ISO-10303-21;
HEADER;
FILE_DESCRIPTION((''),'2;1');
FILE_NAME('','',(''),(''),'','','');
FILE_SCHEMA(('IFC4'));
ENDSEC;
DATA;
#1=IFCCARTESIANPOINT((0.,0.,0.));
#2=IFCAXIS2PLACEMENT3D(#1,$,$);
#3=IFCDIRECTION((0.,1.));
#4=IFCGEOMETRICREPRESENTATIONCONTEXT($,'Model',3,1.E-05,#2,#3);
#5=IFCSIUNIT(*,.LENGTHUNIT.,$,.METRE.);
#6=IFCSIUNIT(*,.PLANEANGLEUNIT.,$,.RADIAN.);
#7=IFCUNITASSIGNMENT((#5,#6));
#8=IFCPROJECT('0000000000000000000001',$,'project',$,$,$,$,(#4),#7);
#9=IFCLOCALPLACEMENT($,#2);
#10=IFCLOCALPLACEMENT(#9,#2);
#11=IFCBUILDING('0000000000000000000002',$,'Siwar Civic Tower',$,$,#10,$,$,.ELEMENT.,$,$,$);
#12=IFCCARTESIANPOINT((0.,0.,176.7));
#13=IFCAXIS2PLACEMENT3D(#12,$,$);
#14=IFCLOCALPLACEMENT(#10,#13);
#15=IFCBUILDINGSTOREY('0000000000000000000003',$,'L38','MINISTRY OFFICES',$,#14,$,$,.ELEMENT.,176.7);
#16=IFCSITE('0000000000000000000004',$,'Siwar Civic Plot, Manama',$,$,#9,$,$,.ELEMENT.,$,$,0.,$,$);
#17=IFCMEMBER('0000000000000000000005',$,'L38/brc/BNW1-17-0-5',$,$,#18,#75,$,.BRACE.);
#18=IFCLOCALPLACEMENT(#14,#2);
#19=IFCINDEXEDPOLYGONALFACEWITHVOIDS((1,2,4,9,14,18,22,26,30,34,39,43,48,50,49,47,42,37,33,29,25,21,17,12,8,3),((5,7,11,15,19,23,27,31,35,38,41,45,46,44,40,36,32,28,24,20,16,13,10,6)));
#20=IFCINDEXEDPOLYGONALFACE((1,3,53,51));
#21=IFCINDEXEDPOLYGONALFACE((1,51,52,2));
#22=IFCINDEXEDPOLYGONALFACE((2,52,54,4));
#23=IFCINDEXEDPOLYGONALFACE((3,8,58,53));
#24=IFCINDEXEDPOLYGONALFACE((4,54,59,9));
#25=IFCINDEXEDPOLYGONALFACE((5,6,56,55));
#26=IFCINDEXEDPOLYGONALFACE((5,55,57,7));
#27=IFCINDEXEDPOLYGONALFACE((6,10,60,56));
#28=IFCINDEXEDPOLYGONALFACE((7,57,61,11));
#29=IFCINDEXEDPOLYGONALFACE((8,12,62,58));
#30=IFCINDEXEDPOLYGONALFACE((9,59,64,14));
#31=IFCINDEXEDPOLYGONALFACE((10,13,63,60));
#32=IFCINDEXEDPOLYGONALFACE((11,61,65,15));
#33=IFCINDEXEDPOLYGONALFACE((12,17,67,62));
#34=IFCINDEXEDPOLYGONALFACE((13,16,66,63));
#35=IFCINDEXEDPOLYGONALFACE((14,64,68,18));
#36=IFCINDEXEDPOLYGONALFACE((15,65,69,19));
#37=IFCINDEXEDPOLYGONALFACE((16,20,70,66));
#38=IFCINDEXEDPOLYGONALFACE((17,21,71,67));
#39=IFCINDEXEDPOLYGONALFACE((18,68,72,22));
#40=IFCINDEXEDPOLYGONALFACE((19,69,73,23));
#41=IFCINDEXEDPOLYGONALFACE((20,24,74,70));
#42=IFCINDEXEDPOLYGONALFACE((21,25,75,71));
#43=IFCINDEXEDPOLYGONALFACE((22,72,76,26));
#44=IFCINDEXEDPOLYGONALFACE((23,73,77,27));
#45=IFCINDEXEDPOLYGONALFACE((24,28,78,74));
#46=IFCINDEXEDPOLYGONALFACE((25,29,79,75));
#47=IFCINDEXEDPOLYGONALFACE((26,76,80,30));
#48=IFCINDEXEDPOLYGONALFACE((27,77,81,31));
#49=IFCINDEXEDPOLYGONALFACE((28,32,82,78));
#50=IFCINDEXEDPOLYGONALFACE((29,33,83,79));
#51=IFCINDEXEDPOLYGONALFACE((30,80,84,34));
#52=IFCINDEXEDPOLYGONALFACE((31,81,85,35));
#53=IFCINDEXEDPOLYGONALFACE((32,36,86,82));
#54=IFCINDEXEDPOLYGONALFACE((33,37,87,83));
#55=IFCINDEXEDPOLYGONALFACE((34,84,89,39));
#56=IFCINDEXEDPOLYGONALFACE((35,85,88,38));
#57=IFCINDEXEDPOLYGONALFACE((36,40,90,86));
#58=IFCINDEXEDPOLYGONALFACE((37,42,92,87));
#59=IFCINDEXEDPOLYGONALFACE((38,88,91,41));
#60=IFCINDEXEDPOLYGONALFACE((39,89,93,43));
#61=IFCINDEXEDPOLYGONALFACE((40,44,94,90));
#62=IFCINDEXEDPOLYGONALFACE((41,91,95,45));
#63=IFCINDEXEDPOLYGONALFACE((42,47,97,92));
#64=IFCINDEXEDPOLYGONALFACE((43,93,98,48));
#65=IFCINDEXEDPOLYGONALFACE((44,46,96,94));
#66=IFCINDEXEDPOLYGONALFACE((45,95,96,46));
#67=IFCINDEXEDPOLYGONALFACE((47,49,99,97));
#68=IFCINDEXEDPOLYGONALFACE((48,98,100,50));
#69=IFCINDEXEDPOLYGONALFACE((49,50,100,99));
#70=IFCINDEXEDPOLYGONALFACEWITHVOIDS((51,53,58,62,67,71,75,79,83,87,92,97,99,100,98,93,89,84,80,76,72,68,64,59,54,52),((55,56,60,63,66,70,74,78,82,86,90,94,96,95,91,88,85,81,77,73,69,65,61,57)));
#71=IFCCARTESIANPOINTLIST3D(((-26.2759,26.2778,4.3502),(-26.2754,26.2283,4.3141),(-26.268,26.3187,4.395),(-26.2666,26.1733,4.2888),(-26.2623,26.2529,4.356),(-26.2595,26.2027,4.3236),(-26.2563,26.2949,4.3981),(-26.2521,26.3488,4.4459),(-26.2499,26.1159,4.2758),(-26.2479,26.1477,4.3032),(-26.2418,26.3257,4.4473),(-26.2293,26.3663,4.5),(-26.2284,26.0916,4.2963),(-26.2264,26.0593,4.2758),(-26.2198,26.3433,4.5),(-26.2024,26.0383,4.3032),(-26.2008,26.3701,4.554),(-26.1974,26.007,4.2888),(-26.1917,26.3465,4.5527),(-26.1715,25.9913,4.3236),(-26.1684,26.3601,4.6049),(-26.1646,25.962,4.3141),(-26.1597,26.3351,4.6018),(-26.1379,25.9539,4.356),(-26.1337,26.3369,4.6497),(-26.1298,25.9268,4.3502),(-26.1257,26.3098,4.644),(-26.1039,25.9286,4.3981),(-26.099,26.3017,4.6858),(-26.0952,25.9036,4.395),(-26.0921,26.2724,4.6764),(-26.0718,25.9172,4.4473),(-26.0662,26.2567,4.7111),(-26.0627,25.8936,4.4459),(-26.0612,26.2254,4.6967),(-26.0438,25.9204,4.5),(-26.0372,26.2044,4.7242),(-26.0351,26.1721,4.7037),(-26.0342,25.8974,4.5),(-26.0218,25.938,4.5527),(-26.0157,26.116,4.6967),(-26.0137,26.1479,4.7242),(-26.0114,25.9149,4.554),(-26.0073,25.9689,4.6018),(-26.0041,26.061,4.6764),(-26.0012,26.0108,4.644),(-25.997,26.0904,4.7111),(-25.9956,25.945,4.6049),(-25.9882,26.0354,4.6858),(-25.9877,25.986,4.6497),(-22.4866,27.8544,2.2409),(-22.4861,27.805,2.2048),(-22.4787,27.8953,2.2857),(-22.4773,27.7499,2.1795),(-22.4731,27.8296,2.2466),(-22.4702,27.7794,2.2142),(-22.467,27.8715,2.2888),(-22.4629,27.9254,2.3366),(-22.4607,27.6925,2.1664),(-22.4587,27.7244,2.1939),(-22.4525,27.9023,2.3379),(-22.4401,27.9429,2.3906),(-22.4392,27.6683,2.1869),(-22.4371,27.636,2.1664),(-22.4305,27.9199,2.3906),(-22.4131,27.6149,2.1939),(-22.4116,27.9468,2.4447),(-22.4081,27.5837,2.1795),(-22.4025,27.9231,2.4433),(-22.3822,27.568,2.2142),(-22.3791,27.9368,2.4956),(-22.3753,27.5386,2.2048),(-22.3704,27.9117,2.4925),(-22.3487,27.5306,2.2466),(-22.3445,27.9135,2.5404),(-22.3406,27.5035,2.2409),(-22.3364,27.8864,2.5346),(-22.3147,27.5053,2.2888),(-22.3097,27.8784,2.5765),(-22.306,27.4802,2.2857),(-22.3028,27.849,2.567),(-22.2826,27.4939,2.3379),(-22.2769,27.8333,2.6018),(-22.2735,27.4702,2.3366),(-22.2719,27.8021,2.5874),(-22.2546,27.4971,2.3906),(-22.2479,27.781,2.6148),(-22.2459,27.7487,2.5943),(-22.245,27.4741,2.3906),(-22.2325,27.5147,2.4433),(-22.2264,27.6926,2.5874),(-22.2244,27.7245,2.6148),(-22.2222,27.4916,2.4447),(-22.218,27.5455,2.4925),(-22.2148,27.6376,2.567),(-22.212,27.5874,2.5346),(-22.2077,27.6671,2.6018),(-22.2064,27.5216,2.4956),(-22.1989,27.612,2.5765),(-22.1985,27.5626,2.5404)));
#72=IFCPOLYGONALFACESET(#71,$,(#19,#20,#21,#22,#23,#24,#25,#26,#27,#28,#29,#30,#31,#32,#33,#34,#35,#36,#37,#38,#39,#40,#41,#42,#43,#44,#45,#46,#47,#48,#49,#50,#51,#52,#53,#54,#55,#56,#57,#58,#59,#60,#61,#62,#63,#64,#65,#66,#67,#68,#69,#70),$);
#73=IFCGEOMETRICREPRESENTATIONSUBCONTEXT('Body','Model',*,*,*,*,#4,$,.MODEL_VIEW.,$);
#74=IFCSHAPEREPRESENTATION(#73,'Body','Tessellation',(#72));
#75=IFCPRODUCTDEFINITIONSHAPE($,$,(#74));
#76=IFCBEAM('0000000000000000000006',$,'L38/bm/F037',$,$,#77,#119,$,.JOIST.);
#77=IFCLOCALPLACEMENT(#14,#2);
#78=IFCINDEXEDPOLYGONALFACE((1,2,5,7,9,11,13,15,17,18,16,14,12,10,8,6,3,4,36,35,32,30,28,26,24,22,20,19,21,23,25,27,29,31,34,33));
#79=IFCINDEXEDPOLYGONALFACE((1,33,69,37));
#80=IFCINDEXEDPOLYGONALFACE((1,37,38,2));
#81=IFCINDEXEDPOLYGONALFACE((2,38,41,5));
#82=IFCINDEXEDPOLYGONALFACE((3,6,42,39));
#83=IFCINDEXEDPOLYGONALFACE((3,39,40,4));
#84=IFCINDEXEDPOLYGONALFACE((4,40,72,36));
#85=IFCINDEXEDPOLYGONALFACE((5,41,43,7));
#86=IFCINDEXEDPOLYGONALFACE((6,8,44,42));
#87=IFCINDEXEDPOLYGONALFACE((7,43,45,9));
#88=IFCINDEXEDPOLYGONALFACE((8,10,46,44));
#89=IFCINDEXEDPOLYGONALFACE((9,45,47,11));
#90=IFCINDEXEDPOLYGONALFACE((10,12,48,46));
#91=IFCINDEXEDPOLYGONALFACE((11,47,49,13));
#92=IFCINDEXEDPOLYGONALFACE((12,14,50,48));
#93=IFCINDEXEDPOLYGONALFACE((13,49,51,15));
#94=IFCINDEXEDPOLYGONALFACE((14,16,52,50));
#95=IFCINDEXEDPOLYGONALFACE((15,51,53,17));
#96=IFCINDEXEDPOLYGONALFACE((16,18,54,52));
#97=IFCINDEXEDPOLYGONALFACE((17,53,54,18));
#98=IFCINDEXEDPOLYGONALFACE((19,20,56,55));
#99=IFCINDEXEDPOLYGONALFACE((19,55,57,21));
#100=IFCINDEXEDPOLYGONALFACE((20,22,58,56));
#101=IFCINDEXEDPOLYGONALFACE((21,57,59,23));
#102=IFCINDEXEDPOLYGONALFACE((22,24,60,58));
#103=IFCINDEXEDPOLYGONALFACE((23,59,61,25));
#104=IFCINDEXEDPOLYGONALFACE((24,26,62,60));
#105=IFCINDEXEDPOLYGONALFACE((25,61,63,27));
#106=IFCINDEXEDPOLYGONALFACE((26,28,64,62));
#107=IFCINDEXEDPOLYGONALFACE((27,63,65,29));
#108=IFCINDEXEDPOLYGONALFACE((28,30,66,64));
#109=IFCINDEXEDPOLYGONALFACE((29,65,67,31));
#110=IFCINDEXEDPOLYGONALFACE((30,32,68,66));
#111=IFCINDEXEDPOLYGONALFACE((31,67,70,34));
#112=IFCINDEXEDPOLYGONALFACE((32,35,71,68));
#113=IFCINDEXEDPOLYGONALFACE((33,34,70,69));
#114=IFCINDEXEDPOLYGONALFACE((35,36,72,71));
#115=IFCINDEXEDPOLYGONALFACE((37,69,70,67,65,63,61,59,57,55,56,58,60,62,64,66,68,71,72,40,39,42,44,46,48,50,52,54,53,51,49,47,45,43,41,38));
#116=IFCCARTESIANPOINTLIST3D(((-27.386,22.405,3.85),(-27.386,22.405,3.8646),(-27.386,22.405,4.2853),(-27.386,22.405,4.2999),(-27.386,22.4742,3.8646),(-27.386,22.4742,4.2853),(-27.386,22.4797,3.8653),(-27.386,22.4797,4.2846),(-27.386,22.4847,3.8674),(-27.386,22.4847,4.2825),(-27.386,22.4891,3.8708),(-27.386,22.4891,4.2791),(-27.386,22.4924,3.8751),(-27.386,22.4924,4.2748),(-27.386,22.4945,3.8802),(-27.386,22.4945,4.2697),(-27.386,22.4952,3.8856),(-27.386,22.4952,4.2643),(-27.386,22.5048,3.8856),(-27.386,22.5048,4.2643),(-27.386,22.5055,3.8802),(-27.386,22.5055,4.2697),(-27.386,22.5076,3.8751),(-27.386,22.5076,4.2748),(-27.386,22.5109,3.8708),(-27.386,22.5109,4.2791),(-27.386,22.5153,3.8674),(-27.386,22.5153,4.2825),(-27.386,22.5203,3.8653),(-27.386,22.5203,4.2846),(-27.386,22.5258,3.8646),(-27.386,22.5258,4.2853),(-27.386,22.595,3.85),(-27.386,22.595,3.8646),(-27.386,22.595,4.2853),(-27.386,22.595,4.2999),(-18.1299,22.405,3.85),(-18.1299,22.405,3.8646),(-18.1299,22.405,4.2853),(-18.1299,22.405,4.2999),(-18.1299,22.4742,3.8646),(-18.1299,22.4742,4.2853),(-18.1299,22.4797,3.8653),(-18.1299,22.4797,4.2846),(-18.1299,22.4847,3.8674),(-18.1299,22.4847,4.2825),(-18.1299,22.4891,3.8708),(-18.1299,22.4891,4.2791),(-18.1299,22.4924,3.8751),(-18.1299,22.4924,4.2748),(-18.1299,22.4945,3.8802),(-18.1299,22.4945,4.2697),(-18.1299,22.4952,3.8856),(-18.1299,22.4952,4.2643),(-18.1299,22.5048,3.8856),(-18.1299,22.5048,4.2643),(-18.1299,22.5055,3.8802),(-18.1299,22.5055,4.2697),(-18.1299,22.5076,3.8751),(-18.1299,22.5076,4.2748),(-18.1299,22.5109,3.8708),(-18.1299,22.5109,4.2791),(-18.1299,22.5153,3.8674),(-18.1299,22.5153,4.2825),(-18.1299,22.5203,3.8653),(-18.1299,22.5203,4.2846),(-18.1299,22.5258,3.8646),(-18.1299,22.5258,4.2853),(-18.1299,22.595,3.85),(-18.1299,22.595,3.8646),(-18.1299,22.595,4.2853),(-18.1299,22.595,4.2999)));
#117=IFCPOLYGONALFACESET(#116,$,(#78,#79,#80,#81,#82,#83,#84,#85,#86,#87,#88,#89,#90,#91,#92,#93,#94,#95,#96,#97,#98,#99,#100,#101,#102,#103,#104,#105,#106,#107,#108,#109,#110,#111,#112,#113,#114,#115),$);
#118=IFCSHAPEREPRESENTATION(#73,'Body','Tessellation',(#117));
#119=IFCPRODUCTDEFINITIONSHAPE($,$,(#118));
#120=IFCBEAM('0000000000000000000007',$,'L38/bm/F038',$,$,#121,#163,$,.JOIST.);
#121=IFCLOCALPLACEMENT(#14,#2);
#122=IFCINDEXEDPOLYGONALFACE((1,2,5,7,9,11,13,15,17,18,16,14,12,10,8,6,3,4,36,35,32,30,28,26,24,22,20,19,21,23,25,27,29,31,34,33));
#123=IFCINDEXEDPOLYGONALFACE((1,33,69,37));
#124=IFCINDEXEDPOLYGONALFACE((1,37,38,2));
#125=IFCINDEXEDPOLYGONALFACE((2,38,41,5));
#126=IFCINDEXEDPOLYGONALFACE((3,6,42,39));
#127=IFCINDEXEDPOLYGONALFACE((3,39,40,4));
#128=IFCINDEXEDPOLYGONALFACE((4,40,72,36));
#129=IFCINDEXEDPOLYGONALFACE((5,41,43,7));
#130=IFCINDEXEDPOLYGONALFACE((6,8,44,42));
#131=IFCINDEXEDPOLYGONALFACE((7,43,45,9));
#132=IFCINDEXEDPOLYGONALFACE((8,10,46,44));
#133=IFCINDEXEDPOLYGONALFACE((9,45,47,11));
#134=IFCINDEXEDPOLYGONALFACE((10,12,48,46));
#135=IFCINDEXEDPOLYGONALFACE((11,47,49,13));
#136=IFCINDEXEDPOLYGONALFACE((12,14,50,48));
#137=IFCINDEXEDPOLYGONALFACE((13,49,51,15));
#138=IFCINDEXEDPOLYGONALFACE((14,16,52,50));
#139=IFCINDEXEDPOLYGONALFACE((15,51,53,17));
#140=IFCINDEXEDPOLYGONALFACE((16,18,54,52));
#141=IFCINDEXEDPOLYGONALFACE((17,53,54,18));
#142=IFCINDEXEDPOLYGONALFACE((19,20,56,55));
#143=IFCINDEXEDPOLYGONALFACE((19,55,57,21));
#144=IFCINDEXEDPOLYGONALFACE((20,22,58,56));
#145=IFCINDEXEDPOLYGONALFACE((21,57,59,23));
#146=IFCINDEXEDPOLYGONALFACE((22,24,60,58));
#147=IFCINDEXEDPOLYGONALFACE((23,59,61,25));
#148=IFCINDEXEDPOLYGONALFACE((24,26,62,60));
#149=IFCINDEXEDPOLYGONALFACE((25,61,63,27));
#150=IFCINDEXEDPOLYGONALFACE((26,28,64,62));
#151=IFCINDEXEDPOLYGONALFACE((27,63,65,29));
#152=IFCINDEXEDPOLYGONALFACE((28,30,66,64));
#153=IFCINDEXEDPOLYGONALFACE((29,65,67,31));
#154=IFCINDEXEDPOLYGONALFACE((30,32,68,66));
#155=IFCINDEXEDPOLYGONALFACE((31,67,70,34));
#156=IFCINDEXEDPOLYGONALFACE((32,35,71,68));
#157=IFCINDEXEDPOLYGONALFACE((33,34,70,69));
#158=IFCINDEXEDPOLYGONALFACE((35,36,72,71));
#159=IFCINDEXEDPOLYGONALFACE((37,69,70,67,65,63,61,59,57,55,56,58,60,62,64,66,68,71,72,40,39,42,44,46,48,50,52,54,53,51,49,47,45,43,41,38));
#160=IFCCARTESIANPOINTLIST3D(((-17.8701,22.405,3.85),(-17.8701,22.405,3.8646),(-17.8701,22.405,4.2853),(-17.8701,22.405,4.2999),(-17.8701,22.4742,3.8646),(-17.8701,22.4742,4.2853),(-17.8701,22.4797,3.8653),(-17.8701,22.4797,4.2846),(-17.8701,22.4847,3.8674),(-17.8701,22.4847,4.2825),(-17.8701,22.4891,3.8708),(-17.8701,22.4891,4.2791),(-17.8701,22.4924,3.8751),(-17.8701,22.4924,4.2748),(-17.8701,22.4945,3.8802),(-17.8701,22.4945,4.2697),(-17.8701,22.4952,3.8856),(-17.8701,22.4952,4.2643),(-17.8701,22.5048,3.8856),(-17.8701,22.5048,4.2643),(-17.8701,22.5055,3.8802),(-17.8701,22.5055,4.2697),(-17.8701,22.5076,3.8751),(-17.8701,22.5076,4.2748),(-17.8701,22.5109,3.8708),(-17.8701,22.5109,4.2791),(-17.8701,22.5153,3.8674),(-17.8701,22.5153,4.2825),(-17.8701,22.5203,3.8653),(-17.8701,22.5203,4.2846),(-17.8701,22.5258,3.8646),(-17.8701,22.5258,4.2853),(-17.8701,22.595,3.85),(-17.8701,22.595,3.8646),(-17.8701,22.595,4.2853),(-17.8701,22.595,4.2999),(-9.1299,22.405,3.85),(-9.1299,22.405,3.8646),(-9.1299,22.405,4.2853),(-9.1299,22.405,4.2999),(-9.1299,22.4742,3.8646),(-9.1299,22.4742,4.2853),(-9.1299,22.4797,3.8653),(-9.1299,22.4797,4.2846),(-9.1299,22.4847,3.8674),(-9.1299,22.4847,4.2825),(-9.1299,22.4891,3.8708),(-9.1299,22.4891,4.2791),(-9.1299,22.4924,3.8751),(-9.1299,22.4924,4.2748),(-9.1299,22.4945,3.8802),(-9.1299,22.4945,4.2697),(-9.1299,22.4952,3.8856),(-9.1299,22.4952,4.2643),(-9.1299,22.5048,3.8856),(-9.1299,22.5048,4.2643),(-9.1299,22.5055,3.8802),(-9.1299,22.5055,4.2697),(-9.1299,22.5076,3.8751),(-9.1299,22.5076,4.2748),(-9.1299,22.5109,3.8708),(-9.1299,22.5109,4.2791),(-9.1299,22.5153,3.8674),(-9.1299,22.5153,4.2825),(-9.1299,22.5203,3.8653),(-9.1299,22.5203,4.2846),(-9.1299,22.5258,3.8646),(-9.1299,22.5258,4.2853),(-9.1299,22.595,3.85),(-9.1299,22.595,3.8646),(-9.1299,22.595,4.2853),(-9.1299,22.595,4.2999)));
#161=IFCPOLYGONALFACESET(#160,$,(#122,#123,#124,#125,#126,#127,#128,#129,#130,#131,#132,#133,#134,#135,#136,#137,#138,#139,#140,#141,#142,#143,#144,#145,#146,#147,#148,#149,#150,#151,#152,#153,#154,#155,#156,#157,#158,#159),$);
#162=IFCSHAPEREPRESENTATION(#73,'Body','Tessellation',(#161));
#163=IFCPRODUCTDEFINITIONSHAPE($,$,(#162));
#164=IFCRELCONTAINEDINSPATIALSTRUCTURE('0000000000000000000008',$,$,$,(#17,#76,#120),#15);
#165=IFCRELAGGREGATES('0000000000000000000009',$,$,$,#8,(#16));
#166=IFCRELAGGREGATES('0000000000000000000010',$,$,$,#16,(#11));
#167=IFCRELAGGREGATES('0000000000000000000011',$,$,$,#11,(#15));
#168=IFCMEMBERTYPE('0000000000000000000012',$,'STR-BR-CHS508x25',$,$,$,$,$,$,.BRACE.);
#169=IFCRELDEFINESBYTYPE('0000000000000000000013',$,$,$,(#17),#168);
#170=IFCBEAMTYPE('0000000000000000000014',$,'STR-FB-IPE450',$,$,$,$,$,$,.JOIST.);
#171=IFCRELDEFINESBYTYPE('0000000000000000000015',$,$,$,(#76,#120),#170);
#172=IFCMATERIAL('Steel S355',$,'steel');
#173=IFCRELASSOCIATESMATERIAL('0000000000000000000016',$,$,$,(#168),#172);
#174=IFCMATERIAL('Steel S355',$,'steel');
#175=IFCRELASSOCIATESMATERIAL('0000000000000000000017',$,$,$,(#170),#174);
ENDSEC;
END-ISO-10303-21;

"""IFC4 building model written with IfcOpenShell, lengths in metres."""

from ifc_helpers import new_model, si_unit, direction, frame, origin, origin_2d, place, context, subcontext, project, spatial, hollow_circle, i_section, extrude, material, material_profile, profile_set, type_object, element, save


model = new_model("IFC4")

# Units and contexts
model_context = context("Model", 3, precision=1e-05, world=origin(), true_north=direction((0.0, 1.0)))
body_context = subcontext(model_context, "Body", "Model", "MODEL_VIEW")
ifc_project = project(units=[si_unit("LENGTHUNIT", "METRE"), si_unit("PLANEANGLEUNIT", "RADIAN")], contexts=[model_context])

# Site, building, storey
site_placement = place(None, origin())
site = spatial("IfcSite", under=ifc_project, at=site_placement, Name="Siwar Civic Plot, Manama", CompositionType="ELEMENT", RefElevation=0.0)
building_placement = place(site_placement, origin())
building = spatial("IfcBuilding", under=site, at=building_placement, Name="Siwar Civic Tower", CompositionType="ELEMENT")
storey_placement = place(building_placement, frame((0.0, 0.0, 176.7)))
storey = spatial("IfcBuildingStorey", under=building, at=storey_placement, Name="L38", Description="MINISTRY OFFICES", CompositionType="ELEMENT", Elevation=176.7)

# Member
ifc_material_1 = material(Name="Steel S355", Category="steel")
ifc_material_profile_1 = material_profile(ifc_material_1, hollow_circle(Radius=0.2539, WallThickness=0.0249, at=origin_2d()), Name="CHS508x25")
ifc_profile_set_1 = profile_set([ifc_material_profile_1], Name="Steel S355")
member_type_1 = type_object("IfcMemberType", Name="STR-BR-CHS508x25", PredefinedType="BRACE", material=ifc_profile_set_1)
for number, where, z_axis, x_axis, name in (
    (1, (-22.3425, 27.7085, 2.3906), (-0.821163, -0.341671, 0.457113), (0.384155, -0.923269, 0.0), "L38/brc/BNW1-17-0-5"),
):
    element("IfcMember", number, at=place(storey_placement, frame(where, z_axis=z_axis, x_axis=x_axis)), inside=storey, type_object=member_type_1, Name=name, PredefinedType="BRACE", context=body_context, shape_type="SweptSolid", body=[
        extrude(hollow_circle(Radius=0.2539, WallThickness=0.0249, at=origin_2d()), origin(), (0.0, 0.0, 1.0), 4.6145),
    ])

# Beams
ifc_material_2 = material(Name="Steel S355", Category="steel")
ifc_material_profile_2 = material_profile(ifc_material_2, i_section(OverallWidth=0.1899, OverallDepth=0.45, WebThickness=0.0095, FlangeThickness=0.0146, FilletRadius=0.021, at=origin_2d()), Name="IPE450")
ifc_profile_set_2 = profile_set([ifc_material_profile_2], Name="Steel S355")
beam_type_1 = type_object("IfcBeamType", Name="STR-FB-IPE450", PredefinedType="JOIST", material=ifc_profile_set_2)
beam_1_placement = place(storey_placement, frame((-27.386, 22.5, 4.075), z_axis=(1.0, 0.0, 0.0), x_axis=(0.0, 1.0, 0.0)))
element("IfcBeam", 2, at=beam_1_placement, inside=storey, type_object=beam_type_1, Name="L38/bm/F037", PredefinedType="JOIST", context=body_context, shape_type="SweptSolid", body=[
    extrude(i_section(OverallWidth=0.1899, OverallDepth=0.45, WebThickness=0.0095, FlangeThickness=0.0146, FilletRadius=0.021, at=origin_2d()), origin(), (0.0, 0.0, 1.0), 9.2561),
])
beam_2_placement = place(storey_placement, frame((-17.8701, 22.5, 4.075), z_axis=(1.0, 0.0, 0.0), x_axis=(0.0, 1.0, 0.0)))
element("IfcBeam", 3, at=beam_2_placement, inside=storey, type_object=beam_type_1, Name="L38/bm/F038", PredefinedType="JOIST", context=body_context, shape_type="SweptSolid", body=[
    extrude(i_section(OverallWidth=0.1899, OverallDepth=0.45, WebThickness=0.0095, FlangeThickness=0.0146, FilletRadius=0.021, at=origin_2d()), origin(), (0.0, 0.0, 1.0), 8.7402),
])

save(model, "model.ifc")
